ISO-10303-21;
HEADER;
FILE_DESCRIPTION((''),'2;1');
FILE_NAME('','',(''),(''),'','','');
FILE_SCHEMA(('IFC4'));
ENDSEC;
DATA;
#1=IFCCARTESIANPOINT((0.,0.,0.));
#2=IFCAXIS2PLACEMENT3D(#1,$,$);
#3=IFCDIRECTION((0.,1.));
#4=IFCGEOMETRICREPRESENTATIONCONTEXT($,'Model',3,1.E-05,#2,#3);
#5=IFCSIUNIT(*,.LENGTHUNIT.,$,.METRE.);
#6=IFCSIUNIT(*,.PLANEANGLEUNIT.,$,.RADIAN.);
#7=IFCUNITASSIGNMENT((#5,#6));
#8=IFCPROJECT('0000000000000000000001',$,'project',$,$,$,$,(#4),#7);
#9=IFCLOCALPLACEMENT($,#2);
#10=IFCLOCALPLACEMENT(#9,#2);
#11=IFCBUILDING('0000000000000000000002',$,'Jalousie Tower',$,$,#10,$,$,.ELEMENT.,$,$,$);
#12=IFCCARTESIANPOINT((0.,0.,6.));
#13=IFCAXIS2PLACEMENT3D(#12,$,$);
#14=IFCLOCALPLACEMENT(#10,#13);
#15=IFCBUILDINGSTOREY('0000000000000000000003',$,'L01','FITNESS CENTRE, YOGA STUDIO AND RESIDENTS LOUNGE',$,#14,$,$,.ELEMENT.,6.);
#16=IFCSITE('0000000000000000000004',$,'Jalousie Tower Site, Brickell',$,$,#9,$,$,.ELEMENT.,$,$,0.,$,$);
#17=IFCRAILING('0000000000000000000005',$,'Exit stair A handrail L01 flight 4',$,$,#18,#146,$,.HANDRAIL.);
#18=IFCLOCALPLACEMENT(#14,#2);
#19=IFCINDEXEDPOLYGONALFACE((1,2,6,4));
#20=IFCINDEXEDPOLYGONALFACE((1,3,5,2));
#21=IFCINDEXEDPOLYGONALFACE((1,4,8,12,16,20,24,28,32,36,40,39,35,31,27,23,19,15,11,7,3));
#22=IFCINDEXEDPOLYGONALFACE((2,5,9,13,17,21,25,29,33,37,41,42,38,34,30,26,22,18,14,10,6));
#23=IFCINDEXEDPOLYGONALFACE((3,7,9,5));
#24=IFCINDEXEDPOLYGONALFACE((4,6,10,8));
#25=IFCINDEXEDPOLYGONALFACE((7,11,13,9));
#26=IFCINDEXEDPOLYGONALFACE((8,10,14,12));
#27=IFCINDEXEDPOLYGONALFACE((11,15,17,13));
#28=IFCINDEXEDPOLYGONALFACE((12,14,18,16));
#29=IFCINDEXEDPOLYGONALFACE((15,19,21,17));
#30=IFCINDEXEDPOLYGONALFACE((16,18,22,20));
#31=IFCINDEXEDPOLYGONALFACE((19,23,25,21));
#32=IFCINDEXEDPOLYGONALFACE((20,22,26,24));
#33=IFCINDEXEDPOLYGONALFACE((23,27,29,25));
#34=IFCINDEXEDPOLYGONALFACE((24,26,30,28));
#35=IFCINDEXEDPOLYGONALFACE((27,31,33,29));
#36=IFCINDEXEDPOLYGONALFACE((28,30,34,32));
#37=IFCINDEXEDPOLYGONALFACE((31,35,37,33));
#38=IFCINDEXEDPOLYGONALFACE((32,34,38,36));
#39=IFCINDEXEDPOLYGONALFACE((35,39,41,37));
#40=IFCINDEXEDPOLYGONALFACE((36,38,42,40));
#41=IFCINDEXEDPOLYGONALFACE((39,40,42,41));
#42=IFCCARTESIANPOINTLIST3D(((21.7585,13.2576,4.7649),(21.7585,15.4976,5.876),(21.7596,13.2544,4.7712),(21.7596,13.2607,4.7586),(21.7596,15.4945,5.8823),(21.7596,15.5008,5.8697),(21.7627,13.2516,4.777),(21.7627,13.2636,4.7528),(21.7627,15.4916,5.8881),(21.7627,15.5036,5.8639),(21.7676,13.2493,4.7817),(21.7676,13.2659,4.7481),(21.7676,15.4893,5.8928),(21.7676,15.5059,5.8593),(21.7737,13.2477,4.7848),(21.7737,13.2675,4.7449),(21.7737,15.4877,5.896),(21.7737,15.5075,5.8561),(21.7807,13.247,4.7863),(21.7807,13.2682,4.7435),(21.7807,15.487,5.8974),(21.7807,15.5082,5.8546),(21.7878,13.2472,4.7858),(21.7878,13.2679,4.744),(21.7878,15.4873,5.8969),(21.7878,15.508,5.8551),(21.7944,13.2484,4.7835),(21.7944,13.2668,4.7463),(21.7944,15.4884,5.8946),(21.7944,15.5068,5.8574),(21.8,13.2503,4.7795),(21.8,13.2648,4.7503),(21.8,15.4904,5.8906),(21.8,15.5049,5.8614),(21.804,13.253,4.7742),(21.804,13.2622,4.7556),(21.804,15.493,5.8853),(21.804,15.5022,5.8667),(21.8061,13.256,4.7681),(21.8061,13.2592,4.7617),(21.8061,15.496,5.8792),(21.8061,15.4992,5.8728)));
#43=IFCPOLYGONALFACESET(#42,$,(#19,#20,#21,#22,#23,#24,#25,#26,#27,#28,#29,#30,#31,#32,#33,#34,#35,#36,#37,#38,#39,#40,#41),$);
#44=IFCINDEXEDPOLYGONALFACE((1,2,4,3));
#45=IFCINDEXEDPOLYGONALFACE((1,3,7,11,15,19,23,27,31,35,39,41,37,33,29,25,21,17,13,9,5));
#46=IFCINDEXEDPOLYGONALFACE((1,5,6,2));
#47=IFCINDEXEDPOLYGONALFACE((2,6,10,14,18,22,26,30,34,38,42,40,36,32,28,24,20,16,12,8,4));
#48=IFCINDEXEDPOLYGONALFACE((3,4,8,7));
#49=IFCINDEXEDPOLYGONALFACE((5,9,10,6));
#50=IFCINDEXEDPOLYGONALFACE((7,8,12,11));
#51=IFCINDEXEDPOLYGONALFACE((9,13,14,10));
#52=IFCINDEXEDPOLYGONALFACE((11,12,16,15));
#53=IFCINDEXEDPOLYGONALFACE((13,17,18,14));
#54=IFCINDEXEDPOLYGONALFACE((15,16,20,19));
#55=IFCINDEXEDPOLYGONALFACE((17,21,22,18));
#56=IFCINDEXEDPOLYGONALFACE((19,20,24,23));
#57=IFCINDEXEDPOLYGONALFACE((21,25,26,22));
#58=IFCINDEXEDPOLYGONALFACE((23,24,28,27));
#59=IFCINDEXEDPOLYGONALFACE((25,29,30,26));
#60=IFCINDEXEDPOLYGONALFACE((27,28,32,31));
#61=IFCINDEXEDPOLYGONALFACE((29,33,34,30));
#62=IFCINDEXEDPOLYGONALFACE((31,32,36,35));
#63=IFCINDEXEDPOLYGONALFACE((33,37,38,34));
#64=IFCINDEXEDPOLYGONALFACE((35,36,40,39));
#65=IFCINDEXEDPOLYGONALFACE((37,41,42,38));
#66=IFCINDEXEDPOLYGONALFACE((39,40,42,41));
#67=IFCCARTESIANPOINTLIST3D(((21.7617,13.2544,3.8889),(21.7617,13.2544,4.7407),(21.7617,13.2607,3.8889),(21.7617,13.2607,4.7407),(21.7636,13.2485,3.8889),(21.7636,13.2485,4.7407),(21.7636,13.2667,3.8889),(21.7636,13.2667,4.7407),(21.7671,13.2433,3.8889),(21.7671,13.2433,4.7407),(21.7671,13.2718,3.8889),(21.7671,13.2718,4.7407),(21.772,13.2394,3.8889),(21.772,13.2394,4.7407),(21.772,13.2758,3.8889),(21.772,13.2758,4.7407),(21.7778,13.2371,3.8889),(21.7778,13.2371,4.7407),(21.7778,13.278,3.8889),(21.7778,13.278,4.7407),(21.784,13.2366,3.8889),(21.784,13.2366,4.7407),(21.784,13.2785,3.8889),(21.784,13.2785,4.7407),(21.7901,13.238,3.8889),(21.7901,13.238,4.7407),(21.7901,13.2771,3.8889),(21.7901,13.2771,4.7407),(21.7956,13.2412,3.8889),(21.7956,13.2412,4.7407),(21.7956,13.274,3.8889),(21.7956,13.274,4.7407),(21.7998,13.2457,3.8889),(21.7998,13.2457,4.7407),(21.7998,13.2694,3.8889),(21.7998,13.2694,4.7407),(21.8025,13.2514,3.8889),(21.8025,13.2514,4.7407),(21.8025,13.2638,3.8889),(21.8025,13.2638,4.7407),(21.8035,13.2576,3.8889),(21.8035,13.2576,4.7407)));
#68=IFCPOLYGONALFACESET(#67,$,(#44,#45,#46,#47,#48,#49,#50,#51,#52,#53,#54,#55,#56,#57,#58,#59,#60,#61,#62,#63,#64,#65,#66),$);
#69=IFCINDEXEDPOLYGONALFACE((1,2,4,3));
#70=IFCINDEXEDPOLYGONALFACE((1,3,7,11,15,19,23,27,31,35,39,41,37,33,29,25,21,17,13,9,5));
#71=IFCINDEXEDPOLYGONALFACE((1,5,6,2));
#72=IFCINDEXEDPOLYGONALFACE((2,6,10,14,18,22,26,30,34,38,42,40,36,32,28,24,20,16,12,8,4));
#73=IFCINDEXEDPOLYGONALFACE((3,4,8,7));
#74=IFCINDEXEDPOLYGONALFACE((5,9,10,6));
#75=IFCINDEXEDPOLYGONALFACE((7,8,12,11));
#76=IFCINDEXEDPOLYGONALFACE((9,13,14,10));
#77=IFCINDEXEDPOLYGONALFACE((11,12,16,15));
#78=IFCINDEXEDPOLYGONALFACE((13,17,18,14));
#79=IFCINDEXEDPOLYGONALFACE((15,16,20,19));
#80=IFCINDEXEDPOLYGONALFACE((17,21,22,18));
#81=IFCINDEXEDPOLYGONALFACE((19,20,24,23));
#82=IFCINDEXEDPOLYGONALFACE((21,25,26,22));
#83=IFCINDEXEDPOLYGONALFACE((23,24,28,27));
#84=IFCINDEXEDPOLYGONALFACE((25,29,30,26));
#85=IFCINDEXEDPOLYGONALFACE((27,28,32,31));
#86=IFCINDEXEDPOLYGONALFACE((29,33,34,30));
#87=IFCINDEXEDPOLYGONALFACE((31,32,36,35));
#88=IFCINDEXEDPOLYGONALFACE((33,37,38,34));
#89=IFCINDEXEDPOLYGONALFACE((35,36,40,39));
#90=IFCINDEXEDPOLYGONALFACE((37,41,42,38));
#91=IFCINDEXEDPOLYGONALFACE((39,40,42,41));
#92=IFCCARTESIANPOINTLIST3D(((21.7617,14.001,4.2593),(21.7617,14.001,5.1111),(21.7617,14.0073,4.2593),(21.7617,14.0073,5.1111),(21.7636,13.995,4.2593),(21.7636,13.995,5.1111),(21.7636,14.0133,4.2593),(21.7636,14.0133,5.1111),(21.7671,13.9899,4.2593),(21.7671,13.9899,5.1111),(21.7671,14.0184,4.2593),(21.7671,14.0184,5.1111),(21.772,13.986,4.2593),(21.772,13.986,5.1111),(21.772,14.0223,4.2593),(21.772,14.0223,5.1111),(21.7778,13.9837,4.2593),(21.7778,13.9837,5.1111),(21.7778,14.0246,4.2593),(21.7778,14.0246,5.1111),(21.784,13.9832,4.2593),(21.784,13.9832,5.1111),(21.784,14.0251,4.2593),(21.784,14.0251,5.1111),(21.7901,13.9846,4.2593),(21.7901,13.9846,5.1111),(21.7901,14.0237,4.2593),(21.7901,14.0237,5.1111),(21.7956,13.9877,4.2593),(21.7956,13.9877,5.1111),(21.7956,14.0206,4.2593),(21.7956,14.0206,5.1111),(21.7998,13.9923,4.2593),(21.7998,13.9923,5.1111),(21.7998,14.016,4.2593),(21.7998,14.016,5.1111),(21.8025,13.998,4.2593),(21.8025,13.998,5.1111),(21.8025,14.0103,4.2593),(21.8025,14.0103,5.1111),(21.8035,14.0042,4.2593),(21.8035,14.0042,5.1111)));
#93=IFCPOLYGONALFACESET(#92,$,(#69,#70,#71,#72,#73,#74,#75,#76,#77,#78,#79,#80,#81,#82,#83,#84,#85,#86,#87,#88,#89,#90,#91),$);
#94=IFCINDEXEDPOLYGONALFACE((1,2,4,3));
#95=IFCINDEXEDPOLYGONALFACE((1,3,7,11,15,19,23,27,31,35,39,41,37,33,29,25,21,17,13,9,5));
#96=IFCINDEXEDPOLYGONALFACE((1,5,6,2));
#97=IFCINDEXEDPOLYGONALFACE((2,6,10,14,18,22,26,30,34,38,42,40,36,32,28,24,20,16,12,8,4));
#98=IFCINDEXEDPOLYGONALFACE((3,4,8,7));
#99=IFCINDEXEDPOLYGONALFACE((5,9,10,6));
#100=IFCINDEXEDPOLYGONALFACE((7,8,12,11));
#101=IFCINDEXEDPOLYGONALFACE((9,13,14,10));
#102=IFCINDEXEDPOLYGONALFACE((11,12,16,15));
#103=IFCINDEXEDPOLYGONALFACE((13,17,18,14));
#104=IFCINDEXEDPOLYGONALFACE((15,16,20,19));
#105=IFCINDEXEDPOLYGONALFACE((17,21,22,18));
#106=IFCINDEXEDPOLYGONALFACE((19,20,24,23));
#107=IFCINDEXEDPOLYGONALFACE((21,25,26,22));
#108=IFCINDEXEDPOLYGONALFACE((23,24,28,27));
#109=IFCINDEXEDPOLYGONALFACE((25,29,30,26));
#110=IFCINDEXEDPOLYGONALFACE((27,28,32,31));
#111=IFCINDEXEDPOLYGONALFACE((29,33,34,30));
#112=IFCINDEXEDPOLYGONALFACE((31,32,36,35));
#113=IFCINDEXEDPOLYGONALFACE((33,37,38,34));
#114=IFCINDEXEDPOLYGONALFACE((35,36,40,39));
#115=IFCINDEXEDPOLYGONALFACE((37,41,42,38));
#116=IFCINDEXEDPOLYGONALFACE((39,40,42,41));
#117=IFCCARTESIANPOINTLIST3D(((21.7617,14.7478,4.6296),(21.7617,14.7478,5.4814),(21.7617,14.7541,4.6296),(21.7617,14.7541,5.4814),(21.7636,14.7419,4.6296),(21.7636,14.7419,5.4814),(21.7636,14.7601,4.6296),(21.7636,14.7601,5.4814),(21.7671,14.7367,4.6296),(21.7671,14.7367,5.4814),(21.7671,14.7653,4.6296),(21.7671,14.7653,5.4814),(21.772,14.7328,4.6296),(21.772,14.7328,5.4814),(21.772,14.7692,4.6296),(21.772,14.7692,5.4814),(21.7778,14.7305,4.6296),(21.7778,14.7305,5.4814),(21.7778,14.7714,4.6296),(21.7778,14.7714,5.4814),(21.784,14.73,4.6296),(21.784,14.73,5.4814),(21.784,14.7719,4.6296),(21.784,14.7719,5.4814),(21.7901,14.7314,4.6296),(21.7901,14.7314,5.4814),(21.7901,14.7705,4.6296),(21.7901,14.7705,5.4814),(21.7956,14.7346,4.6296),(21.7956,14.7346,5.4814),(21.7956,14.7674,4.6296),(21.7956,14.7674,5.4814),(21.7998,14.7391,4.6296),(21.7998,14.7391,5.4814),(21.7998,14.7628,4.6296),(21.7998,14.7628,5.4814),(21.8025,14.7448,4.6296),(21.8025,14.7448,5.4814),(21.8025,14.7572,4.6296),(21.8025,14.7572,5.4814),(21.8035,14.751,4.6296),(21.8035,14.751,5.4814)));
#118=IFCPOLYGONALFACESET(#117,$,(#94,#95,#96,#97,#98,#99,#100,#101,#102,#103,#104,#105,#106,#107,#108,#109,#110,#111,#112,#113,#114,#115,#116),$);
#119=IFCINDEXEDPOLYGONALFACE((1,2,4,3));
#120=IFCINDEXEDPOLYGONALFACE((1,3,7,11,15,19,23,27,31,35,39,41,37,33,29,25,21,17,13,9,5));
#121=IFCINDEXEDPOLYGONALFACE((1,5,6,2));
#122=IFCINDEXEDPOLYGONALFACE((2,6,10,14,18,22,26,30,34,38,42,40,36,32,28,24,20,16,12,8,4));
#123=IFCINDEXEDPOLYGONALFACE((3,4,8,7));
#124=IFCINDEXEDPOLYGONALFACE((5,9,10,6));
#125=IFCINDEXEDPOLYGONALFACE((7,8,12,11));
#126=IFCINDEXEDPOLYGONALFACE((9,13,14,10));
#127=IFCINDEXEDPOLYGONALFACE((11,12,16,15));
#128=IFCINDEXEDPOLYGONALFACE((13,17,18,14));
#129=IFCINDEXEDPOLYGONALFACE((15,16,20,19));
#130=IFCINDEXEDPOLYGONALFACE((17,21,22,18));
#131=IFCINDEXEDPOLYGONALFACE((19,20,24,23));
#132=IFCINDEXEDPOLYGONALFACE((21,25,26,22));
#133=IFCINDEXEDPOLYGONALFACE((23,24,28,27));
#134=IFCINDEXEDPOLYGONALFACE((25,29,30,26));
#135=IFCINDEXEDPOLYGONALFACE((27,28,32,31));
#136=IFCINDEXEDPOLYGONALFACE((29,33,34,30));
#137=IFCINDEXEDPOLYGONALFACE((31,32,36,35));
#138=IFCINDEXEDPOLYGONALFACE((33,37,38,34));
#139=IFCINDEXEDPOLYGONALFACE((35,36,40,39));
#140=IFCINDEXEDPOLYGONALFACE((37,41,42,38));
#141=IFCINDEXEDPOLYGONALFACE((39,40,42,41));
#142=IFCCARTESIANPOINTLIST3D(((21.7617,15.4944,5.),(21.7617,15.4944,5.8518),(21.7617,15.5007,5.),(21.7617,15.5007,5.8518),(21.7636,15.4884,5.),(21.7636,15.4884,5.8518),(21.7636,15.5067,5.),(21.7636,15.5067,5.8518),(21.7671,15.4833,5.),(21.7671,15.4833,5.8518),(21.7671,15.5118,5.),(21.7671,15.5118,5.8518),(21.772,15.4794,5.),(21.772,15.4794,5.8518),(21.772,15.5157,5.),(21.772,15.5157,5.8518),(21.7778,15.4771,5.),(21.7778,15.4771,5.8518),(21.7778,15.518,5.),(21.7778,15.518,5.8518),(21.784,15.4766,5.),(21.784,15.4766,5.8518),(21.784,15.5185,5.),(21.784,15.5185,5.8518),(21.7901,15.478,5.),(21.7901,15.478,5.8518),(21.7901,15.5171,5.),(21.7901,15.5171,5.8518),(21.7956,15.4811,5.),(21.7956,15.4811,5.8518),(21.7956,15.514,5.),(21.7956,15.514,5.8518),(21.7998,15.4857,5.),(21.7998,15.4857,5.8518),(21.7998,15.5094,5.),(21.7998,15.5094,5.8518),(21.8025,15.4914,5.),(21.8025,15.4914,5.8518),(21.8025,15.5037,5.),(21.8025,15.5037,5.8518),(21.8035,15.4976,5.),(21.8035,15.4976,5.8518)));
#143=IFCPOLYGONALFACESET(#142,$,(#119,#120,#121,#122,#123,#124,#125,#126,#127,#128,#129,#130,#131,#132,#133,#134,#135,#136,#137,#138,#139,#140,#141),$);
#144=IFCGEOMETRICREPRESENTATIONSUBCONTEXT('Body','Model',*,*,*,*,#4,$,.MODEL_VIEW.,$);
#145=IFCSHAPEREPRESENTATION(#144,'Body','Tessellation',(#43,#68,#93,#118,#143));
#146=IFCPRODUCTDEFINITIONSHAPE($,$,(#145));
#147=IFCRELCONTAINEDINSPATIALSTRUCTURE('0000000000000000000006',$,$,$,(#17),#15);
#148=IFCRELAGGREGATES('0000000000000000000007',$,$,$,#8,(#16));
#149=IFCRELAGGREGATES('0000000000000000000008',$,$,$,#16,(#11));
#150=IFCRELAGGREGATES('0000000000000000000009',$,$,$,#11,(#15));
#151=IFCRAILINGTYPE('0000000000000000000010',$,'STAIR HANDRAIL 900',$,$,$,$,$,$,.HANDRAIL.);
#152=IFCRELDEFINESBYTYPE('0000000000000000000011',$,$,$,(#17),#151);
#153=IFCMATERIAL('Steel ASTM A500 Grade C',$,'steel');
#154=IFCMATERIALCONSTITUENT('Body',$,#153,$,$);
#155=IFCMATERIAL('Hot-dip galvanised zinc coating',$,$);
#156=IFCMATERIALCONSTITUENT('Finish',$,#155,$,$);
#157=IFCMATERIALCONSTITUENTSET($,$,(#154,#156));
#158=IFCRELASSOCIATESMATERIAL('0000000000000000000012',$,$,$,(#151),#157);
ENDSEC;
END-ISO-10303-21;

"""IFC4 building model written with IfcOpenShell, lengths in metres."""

from ifc_helpers import new_model, si_unit, direction, frame, origin, origin_2d, place, context, subcontext, project, spatial, circle, extrude, material, constituent, constituent_set, type_object, element, save


model = new_model("IFC4")

# Units and contexts
model_context = context("Model", 3, precision=1e-05, world=origin(), true_north=direction((0.0, 1.0)))
body_context = subcontext(model_context, "Body", "Model", "MODEL_VIEW")
ifc_project = project(units=[si_unit("LENGTHUNIT", "METRE"), si_unit("PLANEANGLEUNIT", "RADIAN")], contexts=[model_context])

# Site, building, storey
site_placement = place(None, origin())
site = spatial("IfcSite", under=ifc_project, at=site_placement, Name="Jalousie Tower Site, Brickell", CompositionType="ELEMENT", RefElevation=0.0)
building_placement = place(site_placement, origin())
building = spatial("IfcBuilding", under=site, at=building_placement, Name="Jalousie Tower", CompositionType="ELEMENT")
storey_placement = place(building_placement, frame((0.0, 0.0, 6.0)))
storey = spatial("IfcBuildingStorey", under=building, at=storey_placement, Name="L01", Description="FITNESS CENTRE, YOGA STUDIO AND RESIDENTS LOUNGE", CompositionType="ELEMENT", Elevation=6.0)

# Railing
ifc_material_1 = material(Name="Steel ASTM A500 Grade C", Category="steel")
ifc_constituent_1 = constituent(ifc_material_1, Name="Body")
ifc_material_2 = material(Name="Hot-dip galvanised zinc coating")
ifc_constituent_2 = constituent(ifc_material_2, Name="Finish")
ifc_constituent_set_1 = constituent_set(constituents=[ifc_constituent_1, ifc_constituent_2])
railing_type_1 = type_object("IfcRailingType", Name="STAIR HANDRAIL 900", PredefinedType="HANDRAIL", material=ifc_constituent_set_1)
railing_1_placement = place(storey_placement, frame((21.7825, 13.2576, 3.8889)))
element("IfcRailing", 1, at=railing_1_placement, inside=storey, type_object=railing_type_1, Name="Exit stair A handrail L01 flight 4", PredefinedType="HANDRAIL", context=body_context, shape_type="SweptSolid", body=[
    extrude(circle(Radius=0.0239, at=origin_2d()), frame((0.0, 0.0, 0.876), z_axis=(0.0, 0.895848, 0.44436), x_axis=(-1.0, 0.0, 0.0)), (0.0, 0.0, 1.0), 2.5005),
    extrude(circle(Radius=0.021, at=origin_2d()), origin(), (0.0, 0.0, 1.0), 0.8518),
    extrude(circle(Radius=0.021, at=origin_2d()), frame((0.0, 0.7466, 0.3704)), (0.0, 0.0, 1.0), 0.8518),
    extrude(circle(Radius=0.021, at=origin_2d()), frame((0.0, 1.4934, 0.7407)), (0.0, 0.0, 1.0), 0.8518),
    extrude(circle(Radius=0.021, at=origin_2d()), frame((0.0, 2.24, 1.1111)), (0.0, 0.0, 1.0), 0.8518),
])

save(model, "model.ifc")
